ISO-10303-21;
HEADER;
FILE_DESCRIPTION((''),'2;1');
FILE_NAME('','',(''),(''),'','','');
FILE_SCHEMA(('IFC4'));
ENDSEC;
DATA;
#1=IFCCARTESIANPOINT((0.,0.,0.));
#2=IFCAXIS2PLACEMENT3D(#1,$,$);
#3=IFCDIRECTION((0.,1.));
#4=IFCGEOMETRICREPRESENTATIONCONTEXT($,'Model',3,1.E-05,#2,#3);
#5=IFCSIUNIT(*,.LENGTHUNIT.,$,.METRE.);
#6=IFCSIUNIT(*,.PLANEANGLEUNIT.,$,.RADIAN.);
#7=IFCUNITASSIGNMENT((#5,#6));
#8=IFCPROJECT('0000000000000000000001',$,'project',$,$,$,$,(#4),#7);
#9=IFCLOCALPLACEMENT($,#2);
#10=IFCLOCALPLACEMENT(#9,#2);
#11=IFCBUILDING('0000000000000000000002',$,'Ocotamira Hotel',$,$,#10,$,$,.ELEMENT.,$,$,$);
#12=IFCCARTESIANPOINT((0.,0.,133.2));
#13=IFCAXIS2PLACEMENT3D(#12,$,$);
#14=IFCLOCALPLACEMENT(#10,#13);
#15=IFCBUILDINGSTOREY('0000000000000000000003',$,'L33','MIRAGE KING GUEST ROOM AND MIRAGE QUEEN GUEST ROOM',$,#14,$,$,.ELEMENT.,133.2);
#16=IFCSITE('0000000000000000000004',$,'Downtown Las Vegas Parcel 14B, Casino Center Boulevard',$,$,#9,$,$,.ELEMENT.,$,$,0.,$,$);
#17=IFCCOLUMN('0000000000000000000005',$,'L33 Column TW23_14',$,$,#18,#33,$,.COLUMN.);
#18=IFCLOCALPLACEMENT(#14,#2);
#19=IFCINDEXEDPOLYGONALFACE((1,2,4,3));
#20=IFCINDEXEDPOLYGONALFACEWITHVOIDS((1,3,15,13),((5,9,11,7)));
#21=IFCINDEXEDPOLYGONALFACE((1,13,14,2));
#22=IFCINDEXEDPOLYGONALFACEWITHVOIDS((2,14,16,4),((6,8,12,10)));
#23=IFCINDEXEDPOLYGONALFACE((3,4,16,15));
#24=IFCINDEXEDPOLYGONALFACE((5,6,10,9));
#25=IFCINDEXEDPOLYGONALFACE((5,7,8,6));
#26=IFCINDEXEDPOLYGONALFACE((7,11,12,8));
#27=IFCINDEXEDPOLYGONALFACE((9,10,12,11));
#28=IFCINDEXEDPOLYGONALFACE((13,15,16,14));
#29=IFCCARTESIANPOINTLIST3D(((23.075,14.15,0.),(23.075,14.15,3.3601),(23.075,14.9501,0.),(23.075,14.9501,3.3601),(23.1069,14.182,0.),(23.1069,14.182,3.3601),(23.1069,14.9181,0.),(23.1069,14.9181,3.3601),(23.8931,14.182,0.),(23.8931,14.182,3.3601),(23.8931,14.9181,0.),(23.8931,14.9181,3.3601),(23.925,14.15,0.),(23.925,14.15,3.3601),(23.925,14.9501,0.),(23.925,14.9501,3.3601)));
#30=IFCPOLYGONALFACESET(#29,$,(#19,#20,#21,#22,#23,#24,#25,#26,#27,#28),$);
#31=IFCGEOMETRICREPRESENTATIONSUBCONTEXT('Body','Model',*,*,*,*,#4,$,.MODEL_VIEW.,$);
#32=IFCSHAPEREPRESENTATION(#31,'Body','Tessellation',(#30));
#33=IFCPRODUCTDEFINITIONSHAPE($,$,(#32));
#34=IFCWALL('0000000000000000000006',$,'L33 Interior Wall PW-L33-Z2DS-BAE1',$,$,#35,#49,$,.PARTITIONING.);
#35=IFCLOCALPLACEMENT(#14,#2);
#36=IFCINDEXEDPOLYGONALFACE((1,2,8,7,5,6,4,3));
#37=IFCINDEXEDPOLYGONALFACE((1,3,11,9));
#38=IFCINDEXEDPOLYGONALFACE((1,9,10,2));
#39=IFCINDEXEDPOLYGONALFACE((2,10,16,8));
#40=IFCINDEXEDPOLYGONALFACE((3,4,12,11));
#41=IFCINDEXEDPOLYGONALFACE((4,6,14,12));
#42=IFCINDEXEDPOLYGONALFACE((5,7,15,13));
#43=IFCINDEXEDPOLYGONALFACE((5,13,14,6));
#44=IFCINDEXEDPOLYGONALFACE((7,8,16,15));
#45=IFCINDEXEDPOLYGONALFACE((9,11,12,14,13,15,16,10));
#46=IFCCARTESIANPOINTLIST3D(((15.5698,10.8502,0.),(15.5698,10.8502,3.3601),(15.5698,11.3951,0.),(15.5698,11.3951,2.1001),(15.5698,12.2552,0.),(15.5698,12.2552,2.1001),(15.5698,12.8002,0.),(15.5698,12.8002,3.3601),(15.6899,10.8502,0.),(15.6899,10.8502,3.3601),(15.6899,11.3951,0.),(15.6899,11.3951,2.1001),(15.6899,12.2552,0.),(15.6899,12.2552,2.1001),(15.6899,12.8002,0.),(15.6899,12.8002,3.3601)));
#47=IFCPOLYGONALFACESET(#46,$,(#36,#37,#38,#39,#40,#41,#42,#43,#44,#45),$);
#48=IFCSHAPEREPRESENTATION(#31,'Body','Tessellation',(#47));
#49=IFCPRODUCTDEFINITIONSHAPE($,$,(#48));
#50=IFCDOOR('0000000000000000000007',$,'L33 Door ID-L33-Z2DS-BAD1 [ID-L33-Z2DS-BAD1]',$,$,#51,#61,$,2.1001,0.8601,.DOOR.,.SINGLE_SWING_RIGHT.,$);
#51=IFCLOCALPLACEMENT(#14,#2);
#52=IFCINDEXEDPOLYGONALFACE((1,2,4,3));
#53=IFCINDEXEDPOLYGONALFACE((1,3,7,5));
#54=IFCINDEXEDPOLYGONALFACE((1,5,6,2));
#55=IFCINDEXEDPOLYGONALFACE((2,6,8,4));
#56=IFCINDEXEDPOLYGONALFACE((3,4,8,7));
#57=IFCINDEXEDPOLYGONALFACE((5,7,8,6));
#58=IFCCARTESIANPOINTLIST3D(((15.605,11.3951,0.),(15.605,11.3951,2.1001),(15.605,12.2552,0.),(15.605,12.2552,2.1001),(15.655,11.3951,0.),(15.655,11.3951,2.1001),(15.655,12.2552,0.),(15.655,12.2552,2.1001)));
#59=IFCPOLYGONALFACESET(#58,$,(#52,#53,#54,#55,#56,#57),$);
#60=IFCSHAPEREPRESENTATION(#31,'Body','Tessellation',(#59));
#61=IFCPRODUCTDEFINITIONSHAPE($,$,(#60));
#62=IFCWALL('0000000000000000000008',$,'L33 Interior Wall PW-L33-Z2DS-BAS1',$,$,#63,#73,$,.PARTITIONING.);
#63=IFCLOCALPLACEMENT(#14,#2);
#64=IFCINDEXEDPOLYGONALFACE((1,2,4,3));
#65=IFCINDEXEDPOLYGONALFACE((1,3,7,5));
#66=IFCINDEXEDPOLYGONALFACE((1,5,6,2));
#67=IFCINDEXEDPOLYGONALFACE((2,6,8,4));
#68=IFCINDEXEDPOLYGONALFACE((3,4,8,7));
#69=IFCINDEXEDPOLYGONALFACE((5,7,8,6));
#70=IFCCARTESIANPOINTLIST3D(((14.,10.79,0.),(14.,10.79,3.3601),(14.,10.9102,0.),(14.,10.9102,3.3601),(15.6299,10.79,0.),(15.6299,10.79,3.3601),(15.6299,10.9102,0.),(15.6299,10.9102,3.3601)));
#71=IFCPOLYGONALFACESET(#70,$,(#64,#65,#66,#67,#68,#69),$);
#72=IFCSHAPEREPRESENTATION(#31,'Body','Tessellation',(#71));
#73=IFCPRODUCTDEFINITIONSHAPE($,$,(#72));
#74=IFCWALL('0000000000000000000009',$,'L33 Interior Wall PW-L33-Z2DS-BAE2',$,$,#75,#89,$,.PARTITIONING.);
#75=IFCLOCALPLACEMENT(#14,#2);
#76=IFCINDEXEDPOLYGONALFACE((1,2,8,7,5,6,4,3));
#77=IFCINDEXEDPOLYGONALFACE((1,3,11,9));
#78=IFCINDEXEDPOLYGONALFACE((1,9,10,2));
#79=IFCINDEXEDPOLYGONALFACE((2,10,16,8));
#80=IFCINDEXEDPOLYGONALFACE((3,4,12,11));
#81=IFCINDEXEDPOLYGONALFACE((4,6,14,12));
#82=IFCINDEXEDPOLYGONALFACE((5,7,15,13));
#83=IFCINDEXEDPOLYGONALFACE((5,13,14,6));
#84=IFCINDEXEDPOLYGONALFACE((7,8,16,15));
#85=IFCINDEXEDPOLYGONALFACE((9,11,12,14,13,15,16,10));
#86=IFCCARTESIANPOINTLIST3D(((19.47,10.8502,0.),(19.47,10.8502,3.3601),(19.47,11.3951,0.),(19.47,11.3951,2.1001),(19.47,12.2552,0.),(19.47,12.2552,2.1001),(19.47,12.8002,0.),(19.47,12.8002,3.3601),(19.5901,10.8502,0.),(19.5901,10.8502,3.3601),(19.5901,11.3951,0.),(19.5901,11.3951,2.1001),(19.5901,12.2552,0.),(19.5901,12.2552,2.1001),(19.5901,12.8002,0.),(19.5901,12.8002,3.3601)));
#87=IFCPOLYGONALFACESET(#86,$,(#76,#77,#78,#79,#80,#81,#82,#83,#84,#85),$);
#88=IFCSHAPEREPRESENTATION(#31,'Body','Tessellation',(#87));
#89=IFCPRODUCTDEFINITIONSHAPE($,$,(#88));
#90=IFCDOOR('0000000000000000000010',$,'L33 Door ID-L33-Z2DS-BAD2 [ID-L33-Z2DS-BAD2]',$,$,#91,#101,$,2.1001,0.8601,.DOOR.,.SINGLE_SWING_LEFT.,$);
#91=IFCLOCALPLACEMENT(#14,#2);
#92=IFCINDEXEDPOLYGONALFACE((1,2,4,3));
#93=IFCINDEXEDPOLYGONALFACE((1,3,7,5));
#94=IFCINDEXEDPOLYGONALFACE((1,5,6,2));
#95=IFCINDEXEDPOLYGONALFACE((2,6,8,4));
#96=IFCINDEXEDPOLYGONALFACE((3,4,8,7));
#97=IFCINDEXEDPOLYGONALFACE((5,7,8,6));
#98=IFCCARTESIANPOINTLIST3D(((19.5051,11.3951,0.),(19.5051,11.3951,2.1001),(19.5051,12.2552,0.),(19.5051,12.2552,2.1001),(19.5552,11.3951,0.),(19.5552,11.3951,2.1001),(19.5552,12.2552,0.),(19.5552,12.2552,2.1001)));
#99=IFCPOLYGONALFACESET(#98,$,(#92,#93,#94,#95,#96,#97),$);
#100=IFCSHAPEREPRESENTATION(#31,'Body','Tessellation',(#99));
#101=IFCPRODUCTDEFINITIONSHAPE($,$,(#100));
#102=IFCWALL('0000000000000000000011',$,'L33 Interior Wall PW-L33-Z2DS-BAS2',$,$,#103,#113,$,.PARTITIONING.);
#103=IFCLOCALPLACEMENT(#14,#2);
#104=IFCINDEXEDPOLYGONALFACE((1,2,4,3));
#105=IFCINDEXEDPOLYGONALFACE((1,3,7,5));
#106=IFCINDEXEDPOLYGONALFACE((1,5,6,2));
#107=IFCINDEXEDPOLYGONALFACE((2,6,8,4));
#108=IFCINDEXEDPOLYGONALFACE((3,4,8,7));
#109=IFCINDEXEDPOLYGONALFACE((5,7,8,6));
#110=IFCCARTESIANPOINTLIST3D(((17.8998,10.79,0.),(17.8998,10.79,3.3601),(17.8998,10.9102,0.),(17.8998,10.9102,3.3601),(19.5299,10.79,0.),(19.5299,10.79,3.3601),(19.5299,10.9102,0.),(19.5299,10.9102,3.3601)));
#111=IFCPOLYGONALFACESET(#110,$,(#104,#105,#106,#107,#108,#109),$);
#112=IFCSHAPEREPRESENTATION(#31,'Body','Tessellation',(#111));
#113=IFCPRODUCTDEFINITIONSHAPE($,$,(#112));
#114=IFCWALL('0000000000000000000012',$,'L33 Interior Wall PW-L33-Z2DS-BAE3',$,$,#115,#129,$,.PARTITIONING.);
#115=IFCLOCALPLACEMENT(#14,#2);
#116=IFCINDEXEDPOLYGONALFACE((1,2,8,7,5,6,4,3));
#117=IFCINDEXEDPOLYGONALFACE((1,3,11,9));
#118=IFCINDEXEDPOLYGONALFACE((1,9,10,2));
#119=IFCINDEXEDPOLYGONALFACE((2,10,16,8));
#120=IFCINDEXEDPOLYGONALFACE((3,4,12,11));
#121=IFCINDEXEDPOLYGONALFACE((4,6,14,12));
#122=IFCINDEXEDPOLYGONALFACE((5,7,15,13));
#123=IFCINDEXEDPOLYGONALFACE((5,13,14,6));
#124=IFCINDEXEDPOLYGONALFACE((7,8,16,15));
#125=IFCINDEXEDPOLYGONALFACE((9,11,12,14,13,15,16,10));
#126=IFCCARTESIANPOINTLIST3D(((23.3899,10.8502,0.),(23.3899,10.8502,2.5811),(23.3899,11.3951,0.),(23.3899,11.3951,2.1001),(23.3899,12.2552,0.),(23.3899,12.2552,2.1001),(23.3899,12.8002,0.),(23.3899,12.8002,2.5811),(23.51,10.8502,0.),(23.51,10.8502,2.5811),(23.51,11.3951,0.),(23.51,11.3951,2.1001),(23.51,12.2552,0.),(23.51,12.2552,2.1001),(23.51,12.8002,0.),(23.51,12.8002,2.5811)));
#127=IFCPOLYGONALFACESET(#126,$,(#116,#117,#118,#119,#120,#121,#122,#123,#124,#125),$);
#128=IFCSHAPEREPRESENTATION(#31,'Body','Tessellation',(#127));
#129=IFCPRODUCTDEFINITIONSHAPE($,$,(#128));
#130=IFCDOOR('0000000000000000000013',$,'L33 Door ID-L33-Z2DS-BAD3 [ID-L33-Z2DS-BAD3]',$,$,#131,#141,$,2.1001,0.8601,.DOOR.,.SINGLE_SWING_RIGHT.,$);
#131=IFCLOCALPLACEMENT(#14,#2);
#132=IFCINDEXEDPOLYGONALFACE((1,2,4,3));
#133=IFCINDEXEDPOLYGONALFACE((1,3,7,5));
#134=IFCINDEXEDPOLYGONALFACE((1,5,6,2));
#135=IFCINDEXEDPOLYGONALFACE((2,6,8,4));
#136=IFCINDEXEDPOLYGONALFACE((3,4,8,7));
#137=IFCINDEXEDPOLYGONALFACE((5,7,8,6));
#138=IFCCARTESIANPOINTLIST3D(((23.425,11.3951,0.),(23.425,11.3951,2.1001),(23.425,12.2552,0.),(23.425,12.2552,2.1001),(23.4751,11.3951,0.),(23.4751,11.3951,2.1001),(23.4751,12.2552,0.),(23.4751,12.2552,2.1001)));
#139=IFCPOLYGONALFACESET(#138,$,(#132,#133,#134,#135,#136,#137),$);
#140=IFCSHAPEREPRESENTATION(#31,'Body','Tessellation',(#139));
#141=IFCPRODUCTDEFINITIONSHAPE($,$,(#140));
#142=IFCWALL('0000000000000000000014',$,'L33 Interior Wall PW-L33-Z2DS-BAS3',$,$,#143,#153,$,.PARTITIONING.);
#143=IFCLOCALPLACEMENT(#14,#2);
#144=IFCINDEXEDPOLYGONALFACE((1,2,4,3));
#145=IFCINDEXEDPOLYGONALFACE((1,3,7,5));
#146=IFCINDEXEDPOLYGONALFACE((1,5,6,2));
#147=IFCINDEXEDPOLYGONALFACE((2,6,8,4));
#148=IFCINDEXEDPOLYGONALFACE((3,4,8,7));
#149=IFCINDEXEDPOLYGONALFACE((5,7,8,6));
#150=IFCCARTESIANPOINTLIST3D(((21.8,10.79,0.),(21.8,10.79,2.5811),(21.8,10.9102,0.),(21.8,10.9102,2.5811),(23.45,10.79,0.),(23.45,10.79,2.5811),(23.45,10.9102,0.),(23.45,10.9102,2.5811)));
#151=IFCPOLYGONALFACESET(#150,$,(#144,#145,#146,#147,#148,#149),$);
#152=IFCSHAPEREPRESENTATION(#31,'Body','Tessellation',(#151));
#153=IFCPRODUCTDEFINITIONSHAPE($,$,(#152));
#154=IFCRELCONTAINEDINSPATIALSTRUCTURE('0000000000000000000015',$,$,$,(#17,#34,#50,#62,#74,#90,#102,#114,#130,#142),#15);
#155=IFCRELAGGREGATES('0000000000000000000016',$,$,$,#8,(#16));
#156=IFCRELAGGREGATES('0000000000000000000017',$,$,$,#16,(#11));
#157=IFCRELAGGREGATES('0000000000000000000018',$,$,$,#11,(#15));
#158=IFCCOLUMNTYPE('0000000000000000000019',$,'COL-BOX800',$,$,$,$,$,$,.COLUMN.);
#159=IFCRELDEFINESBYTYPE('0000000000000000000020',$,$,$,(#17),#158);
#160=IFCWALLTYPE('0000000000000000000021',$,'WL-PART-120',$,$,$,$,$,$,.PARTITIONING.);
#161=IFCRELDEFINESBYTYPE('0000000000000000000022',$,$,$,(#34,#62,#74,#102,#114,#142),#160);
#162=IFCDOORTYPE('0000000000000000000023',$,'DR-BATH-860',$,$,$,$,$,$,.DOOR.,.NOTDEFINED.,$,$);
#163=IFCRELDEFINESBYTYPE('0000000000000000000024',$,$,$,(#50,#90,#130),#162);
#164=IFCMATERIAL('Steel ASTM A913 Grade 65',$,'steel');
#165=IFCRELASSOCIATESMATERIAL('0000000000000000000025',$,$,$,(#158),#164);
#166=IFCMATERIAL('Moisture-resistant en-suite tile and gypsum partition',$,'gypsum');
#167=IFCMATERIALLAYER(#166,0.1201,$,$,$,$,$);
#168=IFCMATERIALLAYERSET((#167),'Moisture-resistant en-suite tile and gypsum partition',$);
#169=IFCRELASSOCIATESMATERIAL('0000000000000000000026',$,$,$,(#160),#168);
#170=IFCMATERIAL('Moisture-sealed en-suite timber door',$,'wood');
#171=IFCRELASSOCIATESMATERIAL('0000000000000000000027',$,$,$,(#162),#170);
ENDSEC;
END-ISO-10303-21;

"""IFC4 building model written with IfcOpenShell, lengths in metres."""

from ifc_helpers import new_model, si_unit, direction, frame, frame_2d, origin, origin_2d, place, context, subcontext, project, spatial, rectangle, hollow_rectangle, extrude, source, transform, mapped, material, layer, layer_set, material_profile, profile_set, type_object, element, fill, save


model = new_model("IFC4")

# Units and contexts
model_context = context("Model", 3, precision=1e-05, world=origin(), true_north=direction((0.0, 1.0)))
body_context = subcontext(model_context, "Body", "Model", "MODEL_VIEW")
ifc_project = project(units=[si_unit("LENGTHUNIT", "METRE"), si_unit("PLANEANGLEUNIT", "RADIAN")], contexts=[model_context])

# Site, building, storey
site_placement = place(None, origin())
site = spatial("IfcSite", under=ifc_project, at=site_placement, Name="Downtown Las Vegas Parcel 14B, Casino Center Boulevard", CompositionType="ELEMENT", RefElevation=0.0)
building_placement = place(site_placement, origin())
building = spatial("IfcBuilding", under=site, at=building_placement, Name="Ocotamira Hotel", CompositionType="ELEMENT")
storey_placement = place(building_placement, frame((0.0, 0.0, 133.2)))
storey = spatial("IfcBuildingStorey", under=building, at=storey_placement, Name="L33", Description="MIRAGE KING GUEST ROOM AND MIRAGE QUEEN GUEST ROOM", CompositionType="ELEMENT", Elevation=133.2)

# Column
ifc_material_1 = material(Name="Steel ASTM A913 Grade 65", Category="steel")
ifc_material_profile = material_profile(ifc_material_1, hollow_rectangle(XDim=0.8501, YDim=0.8, WallThickness=0.032, at=origin_2d()), Name="BOX800X850X32")
ifc_profile_set = profile_set([ifc_material_profile], Name="Steel ASTM A913 Grade 65")
column_type = type_object("IfcColumnType", Name="COL-BOX800", PredefinedType="COLUMN", material=ifc_profile_set)
shared_shape_1 = source(origin(), body_context, "Body", "SweptSolid", [
    extrude(hollow_rectangle(XDim=0.8501, YDim=0.8, WallThickness=0.032, at=origin_2d()), origin(), (0.0, 0.0, 1.0), 3.3601),
])
column_placement = place(storey_placement, frame((23.5, 14.55, 0.0), z_axis=(0.0, 0.0, 1.0), x_axis=(1.0, 0.0, 0.0)))
element("IfcColumn", 1, at=column_placement, inside=storey, type_object=column_type, Name="L33 Column TW23_14", PredefinedType="COLUMN", context=body_context, shape_type="MappedRepresentation", body=[
    mapped(shared_shape_1, transform((0.0, 0.0, 0.0), scale=1.0)),
])

# Wall, opening, door
ifc_material_2 = material(Name="Moisture-resistant en-suite tile and gypsum partition", Category="gypsum")
ifc_layer_1 = layer(ifc_material_2, 0.1201)
ifc_layer_set_1 = layer_set([ifc_layer_1], Name="Moisture-resistant en-suite tile and gypsum partition")
wall_type_1 = type_object("IfcWallType", Name="WL-PART-120", PredefinedType="PARTITIONING", material=ifc_layer_set_1)
wall_1_placement = place(storey_placement, frame((15.6299, 10.8501, 0.0), z_axis=(0.0, 0.0, 1.0), x_axis=(0.0, 1.0, 0.0)))
wall_1 = element("IfcWall", 2, at=wall_1_placement, inside=storey, type_object=wall_type_1, Name="L33 Interior Wall PW-L33-Z2DS-BAE1", PredefinedType="PARTITIONING", context=body_context, shape_type="SweptSolid", body=[
    extrude(rectangle(XDim=1.95, YDim=0.1201, at=frame_2d((0.9751, 0.0))), origin(), (0.0, 0.0, 1.0), 3.3601),
])
opening_1_placement = place(wall_1_placement, frame((0.5449, 0.0, 0.0)))
opening_1 = element("IfcOpeningElement", 3, at=opening_1_placement, cuts=wall_1, PredefinedType="OPENING", context=body_context, shape_type="SweptSolid", body=[
    extrude(rectangle(XDim=0.8601, YDim=2.1001, at=frame_2d((0.4302, 1.05))), frame((0.0, 0.0701, 0.0), z_axis=(0.0, -1.0, 0.0), x_axis=(1.0, 0.0, 0.0)), (0.0, 0.0, 1.0), 0.1401),
])
ifc_material_3 = material(Name="Moisture-sealed en-suite timber door", Category="wood")
door_type_1 = type_object("IfcDoorType", Name="DR-BATH-860", OperationType="NOTDEFINED", PredefinedType="DOOR", material=ifc_material_3)
shared_shape_2 = source(origin(), body_context, "Body", "SweptSolid", [
    extrude(rectangle(XDim=0.8601, YDim=2.1001, at=frame_2d((0.4302, 1.05))), frame((0.0, 0.0249, 0.0), z_axis=(0.0, -1.0, 0.0), x_axis=(1.0, 0.0, 0.0)), (0.0, 0.0, 1.0), 0.05),
])
door_1_placement = place(opening_1_placement, origin())
door_1 = element("IfcDoor", 4, at=door_1_placement, inside=storey, type_object=door_type_1, Name="L33 Door ID-L33-Z2DS-BAD1 [ID-L33-Z2DS-BAD1]", OperationType="SINGLE_SWING_RIGHT", OverallHeight=2.1001, OverallWidth=0.8601, PredefinedType="DOOR", context=body_context, shape_type="MappedRepresentation", body=[
    mapped(shared_shape_2, transform((0.0, 0.0, 0.0), scale=1.0)),
])
fill(opening_1, door_1)

# Wall
wall_2_placement = place(storey_placement, frame((14.0, 10.8501, 0.0), z_axis=(0.0, 0.0, 1.0), x_axis=(1.0, 0.0, 0.0)))
element("IfcWall", 5, at=wall_2_placement, inside=storey, type_object=wall_type_1, Name="L33 Interior Wall PW-L33-Z2DS-BAS1", PredefinedType="PARTITIONING", context=body_context, shape_type="SweptSolid", body=[
    extrude(rectangle(XDim=1.6299, YDim=0.1201, at=frame_2d((0.8149, 0.0))), origin(), (0.0, 0.0, 1.0), 3.3601),
])

# Wall, opening, door
wall_3_placement = place(storey_placement, frame((19.53, 10.8501, 0.0), z_axis=(0.0, 0.0, 1.0), x_axis=(0.0, 1.0, 0.0)))
wall_3 = element("IfcWall", 6, at=wall_3_placement, inside=storey, type_object=wall_type_1, Name="L33 Interior Wall PW-L33-Z2DS-BAE2", PredefinedType="PARTITIONING", context=body_context, shape_type="SweptSolid", body=[
    extrude(rectangle(XDim=1.95, YDim=0.1201, at=frame_2d((0.9751, 0.0))), origin(), (0.0, 0.0, 1.0), 3.3601),
])
opening_2_placement = place(wall_3_placement, frame((0.5449, 0.0, 0.0)))
opening_2 = element("IfcOpeningElement", 7, at=opening_2_placement, cuts=wall_3, PredefinedType="OPENING", context=body_context, shape_type="SweptSolid", body=[
    extrude(rectangle(XDim=0.8601, YDim=2.1001, at=frame_2d((0.4302, 1.05))), frame((0.0, 0.0701, 0.0), z_axis=(0.0, -1.0, 0.0), x_axis=(1.0, 0.0, 0.0)), (0.0, 0.0, 1.0), 0.1401),
])
door_2_placement = place(opening_2_placement, origin())
door_2 = element("IfcDoor", 8, at=door_2_placement, inside=storey, type_object=door_type_1, Name="L33 Door ID-L33-Z2DS-BAD2 [ID-L33-Z2DS-BAD2]", OperationType="SINGLE_SWING_LEFT", OverallHeight=2.1001, OverallWidth=0.8601, PredefinedType="DOOR", context=body_context, shape_type="MappedRepresentation", body=[
    mapped(shared_shape_2, transform((0.0, 0.0, 0.0), scale=1.0)),
])
fill(opening_2, door_2)

# Wall
wall_4_placement = place(storey_placement, frame((17.8999, 10.8501, 0.0), z_axis=(0.0, 0.0, 1.0), x_axis=(1.0, 0.0, 0.0)))
element("IfcWall", 9, at=wall_4_placement, inside=storey, type_object=wall_type_1, Name="L33 Interior Wall PW-L33-Z2DS-BAS2", PredefinedType="PARTITIONING", context=body_context, shape_type="SweptSolid", body=[
    extrude(rectangle(XDim=1.6301, YDim=0.1201, at=frame_2d((0.8149, 0.0))), origin(), (0.0, 0.0, 1.0), 3.3601),
])

# Wall, opening, door
wall_5_placement = place(storey_placement, frame((23.45, 10.8501, 0.0), z_axis=(0.0, 0.0, 1.0), x_axis=(0.0, 1.0, 0.0)))
wall_5 = element("IfcWall", 10, at=wall_5_placement, inside=storey, type_object=wall_type_1, Name="L33 Interior Wall PW-L33-Z2DS-BAE3", PredefinedType="PARTITIONING", context=body_context, shape_type="SweptSolid", body=[
    extrude(rectangle(XDim=1.95, YDim=0.1201, at=frame_2d((0.9751, 0.0))), origin(), (0.0, 0.0, 1.0), 2.5811),
])
opening_3_placement = place(wall_5_placement, frame((0.5449, 0.0, 0.0)))
opening_3 = element("IfcOpeningElement", 11, at=opening_3_placement, cuts=wall_5, PredefinedType="OPENING", context=body_context, shape_type="SweptSolid", body=[
    extrude(rectangle(XDim=0.8601, YDim=2.1001, at=frame_2d((0.4302, 1.05))), frame((0.0, 0.0701, 0.0), z_axis=(0.0, -1.0, 0.0), x_axis=(1.0, 0.0, 0.0)), (0.0, 0.0, 1.0), 0.1401),
])
door_3_placement = place(opening_3_placement, origin())
door_3 = element("IfcDoor", 12, at=door_3_placement, inside=storey, type_object=door_type_1, Name="L33 Door ID-L33-Z2DS-BAD3 [ID-L33-Z2DS-BAD3]", OperationType="SINGLE_SWING_RIGHT", OverallHeight=2.1001, OverallWidth=0.8601, PredefinedType="DOOR", context=body_context, shape_type="MappedRepresentation", body=[
    mapped(shared_shape_2, transform((0.0, 0.0, 0.0), scale=1.0)),
])
fill(opening_3, door_3)

# Wall
wall_6_placement = place(storey_placement, frame((21.8, 10.8501, 0.0), z_axis=(0.0, 0.0, 1.0), x_axis=(1.0, 0.0, 0.0)))
element("IfcWall", 13, at=wall_6_placement, inside=storey, type_object=wall_type_1, Name="L33 Interior Wall PW-L33-Z2DS-BAS3", PredefinedType="PARTITIONING", context=body_context, shape_type="SweptSolid", body=[
    extrude(rectangle(XDim=1.6499, YDim=0.1201, at=frame_2d((0.825, 0.0))), origin(), (0.0, 0.0, 1.0), 2.5811),
])

save(model, "model.ifc")
